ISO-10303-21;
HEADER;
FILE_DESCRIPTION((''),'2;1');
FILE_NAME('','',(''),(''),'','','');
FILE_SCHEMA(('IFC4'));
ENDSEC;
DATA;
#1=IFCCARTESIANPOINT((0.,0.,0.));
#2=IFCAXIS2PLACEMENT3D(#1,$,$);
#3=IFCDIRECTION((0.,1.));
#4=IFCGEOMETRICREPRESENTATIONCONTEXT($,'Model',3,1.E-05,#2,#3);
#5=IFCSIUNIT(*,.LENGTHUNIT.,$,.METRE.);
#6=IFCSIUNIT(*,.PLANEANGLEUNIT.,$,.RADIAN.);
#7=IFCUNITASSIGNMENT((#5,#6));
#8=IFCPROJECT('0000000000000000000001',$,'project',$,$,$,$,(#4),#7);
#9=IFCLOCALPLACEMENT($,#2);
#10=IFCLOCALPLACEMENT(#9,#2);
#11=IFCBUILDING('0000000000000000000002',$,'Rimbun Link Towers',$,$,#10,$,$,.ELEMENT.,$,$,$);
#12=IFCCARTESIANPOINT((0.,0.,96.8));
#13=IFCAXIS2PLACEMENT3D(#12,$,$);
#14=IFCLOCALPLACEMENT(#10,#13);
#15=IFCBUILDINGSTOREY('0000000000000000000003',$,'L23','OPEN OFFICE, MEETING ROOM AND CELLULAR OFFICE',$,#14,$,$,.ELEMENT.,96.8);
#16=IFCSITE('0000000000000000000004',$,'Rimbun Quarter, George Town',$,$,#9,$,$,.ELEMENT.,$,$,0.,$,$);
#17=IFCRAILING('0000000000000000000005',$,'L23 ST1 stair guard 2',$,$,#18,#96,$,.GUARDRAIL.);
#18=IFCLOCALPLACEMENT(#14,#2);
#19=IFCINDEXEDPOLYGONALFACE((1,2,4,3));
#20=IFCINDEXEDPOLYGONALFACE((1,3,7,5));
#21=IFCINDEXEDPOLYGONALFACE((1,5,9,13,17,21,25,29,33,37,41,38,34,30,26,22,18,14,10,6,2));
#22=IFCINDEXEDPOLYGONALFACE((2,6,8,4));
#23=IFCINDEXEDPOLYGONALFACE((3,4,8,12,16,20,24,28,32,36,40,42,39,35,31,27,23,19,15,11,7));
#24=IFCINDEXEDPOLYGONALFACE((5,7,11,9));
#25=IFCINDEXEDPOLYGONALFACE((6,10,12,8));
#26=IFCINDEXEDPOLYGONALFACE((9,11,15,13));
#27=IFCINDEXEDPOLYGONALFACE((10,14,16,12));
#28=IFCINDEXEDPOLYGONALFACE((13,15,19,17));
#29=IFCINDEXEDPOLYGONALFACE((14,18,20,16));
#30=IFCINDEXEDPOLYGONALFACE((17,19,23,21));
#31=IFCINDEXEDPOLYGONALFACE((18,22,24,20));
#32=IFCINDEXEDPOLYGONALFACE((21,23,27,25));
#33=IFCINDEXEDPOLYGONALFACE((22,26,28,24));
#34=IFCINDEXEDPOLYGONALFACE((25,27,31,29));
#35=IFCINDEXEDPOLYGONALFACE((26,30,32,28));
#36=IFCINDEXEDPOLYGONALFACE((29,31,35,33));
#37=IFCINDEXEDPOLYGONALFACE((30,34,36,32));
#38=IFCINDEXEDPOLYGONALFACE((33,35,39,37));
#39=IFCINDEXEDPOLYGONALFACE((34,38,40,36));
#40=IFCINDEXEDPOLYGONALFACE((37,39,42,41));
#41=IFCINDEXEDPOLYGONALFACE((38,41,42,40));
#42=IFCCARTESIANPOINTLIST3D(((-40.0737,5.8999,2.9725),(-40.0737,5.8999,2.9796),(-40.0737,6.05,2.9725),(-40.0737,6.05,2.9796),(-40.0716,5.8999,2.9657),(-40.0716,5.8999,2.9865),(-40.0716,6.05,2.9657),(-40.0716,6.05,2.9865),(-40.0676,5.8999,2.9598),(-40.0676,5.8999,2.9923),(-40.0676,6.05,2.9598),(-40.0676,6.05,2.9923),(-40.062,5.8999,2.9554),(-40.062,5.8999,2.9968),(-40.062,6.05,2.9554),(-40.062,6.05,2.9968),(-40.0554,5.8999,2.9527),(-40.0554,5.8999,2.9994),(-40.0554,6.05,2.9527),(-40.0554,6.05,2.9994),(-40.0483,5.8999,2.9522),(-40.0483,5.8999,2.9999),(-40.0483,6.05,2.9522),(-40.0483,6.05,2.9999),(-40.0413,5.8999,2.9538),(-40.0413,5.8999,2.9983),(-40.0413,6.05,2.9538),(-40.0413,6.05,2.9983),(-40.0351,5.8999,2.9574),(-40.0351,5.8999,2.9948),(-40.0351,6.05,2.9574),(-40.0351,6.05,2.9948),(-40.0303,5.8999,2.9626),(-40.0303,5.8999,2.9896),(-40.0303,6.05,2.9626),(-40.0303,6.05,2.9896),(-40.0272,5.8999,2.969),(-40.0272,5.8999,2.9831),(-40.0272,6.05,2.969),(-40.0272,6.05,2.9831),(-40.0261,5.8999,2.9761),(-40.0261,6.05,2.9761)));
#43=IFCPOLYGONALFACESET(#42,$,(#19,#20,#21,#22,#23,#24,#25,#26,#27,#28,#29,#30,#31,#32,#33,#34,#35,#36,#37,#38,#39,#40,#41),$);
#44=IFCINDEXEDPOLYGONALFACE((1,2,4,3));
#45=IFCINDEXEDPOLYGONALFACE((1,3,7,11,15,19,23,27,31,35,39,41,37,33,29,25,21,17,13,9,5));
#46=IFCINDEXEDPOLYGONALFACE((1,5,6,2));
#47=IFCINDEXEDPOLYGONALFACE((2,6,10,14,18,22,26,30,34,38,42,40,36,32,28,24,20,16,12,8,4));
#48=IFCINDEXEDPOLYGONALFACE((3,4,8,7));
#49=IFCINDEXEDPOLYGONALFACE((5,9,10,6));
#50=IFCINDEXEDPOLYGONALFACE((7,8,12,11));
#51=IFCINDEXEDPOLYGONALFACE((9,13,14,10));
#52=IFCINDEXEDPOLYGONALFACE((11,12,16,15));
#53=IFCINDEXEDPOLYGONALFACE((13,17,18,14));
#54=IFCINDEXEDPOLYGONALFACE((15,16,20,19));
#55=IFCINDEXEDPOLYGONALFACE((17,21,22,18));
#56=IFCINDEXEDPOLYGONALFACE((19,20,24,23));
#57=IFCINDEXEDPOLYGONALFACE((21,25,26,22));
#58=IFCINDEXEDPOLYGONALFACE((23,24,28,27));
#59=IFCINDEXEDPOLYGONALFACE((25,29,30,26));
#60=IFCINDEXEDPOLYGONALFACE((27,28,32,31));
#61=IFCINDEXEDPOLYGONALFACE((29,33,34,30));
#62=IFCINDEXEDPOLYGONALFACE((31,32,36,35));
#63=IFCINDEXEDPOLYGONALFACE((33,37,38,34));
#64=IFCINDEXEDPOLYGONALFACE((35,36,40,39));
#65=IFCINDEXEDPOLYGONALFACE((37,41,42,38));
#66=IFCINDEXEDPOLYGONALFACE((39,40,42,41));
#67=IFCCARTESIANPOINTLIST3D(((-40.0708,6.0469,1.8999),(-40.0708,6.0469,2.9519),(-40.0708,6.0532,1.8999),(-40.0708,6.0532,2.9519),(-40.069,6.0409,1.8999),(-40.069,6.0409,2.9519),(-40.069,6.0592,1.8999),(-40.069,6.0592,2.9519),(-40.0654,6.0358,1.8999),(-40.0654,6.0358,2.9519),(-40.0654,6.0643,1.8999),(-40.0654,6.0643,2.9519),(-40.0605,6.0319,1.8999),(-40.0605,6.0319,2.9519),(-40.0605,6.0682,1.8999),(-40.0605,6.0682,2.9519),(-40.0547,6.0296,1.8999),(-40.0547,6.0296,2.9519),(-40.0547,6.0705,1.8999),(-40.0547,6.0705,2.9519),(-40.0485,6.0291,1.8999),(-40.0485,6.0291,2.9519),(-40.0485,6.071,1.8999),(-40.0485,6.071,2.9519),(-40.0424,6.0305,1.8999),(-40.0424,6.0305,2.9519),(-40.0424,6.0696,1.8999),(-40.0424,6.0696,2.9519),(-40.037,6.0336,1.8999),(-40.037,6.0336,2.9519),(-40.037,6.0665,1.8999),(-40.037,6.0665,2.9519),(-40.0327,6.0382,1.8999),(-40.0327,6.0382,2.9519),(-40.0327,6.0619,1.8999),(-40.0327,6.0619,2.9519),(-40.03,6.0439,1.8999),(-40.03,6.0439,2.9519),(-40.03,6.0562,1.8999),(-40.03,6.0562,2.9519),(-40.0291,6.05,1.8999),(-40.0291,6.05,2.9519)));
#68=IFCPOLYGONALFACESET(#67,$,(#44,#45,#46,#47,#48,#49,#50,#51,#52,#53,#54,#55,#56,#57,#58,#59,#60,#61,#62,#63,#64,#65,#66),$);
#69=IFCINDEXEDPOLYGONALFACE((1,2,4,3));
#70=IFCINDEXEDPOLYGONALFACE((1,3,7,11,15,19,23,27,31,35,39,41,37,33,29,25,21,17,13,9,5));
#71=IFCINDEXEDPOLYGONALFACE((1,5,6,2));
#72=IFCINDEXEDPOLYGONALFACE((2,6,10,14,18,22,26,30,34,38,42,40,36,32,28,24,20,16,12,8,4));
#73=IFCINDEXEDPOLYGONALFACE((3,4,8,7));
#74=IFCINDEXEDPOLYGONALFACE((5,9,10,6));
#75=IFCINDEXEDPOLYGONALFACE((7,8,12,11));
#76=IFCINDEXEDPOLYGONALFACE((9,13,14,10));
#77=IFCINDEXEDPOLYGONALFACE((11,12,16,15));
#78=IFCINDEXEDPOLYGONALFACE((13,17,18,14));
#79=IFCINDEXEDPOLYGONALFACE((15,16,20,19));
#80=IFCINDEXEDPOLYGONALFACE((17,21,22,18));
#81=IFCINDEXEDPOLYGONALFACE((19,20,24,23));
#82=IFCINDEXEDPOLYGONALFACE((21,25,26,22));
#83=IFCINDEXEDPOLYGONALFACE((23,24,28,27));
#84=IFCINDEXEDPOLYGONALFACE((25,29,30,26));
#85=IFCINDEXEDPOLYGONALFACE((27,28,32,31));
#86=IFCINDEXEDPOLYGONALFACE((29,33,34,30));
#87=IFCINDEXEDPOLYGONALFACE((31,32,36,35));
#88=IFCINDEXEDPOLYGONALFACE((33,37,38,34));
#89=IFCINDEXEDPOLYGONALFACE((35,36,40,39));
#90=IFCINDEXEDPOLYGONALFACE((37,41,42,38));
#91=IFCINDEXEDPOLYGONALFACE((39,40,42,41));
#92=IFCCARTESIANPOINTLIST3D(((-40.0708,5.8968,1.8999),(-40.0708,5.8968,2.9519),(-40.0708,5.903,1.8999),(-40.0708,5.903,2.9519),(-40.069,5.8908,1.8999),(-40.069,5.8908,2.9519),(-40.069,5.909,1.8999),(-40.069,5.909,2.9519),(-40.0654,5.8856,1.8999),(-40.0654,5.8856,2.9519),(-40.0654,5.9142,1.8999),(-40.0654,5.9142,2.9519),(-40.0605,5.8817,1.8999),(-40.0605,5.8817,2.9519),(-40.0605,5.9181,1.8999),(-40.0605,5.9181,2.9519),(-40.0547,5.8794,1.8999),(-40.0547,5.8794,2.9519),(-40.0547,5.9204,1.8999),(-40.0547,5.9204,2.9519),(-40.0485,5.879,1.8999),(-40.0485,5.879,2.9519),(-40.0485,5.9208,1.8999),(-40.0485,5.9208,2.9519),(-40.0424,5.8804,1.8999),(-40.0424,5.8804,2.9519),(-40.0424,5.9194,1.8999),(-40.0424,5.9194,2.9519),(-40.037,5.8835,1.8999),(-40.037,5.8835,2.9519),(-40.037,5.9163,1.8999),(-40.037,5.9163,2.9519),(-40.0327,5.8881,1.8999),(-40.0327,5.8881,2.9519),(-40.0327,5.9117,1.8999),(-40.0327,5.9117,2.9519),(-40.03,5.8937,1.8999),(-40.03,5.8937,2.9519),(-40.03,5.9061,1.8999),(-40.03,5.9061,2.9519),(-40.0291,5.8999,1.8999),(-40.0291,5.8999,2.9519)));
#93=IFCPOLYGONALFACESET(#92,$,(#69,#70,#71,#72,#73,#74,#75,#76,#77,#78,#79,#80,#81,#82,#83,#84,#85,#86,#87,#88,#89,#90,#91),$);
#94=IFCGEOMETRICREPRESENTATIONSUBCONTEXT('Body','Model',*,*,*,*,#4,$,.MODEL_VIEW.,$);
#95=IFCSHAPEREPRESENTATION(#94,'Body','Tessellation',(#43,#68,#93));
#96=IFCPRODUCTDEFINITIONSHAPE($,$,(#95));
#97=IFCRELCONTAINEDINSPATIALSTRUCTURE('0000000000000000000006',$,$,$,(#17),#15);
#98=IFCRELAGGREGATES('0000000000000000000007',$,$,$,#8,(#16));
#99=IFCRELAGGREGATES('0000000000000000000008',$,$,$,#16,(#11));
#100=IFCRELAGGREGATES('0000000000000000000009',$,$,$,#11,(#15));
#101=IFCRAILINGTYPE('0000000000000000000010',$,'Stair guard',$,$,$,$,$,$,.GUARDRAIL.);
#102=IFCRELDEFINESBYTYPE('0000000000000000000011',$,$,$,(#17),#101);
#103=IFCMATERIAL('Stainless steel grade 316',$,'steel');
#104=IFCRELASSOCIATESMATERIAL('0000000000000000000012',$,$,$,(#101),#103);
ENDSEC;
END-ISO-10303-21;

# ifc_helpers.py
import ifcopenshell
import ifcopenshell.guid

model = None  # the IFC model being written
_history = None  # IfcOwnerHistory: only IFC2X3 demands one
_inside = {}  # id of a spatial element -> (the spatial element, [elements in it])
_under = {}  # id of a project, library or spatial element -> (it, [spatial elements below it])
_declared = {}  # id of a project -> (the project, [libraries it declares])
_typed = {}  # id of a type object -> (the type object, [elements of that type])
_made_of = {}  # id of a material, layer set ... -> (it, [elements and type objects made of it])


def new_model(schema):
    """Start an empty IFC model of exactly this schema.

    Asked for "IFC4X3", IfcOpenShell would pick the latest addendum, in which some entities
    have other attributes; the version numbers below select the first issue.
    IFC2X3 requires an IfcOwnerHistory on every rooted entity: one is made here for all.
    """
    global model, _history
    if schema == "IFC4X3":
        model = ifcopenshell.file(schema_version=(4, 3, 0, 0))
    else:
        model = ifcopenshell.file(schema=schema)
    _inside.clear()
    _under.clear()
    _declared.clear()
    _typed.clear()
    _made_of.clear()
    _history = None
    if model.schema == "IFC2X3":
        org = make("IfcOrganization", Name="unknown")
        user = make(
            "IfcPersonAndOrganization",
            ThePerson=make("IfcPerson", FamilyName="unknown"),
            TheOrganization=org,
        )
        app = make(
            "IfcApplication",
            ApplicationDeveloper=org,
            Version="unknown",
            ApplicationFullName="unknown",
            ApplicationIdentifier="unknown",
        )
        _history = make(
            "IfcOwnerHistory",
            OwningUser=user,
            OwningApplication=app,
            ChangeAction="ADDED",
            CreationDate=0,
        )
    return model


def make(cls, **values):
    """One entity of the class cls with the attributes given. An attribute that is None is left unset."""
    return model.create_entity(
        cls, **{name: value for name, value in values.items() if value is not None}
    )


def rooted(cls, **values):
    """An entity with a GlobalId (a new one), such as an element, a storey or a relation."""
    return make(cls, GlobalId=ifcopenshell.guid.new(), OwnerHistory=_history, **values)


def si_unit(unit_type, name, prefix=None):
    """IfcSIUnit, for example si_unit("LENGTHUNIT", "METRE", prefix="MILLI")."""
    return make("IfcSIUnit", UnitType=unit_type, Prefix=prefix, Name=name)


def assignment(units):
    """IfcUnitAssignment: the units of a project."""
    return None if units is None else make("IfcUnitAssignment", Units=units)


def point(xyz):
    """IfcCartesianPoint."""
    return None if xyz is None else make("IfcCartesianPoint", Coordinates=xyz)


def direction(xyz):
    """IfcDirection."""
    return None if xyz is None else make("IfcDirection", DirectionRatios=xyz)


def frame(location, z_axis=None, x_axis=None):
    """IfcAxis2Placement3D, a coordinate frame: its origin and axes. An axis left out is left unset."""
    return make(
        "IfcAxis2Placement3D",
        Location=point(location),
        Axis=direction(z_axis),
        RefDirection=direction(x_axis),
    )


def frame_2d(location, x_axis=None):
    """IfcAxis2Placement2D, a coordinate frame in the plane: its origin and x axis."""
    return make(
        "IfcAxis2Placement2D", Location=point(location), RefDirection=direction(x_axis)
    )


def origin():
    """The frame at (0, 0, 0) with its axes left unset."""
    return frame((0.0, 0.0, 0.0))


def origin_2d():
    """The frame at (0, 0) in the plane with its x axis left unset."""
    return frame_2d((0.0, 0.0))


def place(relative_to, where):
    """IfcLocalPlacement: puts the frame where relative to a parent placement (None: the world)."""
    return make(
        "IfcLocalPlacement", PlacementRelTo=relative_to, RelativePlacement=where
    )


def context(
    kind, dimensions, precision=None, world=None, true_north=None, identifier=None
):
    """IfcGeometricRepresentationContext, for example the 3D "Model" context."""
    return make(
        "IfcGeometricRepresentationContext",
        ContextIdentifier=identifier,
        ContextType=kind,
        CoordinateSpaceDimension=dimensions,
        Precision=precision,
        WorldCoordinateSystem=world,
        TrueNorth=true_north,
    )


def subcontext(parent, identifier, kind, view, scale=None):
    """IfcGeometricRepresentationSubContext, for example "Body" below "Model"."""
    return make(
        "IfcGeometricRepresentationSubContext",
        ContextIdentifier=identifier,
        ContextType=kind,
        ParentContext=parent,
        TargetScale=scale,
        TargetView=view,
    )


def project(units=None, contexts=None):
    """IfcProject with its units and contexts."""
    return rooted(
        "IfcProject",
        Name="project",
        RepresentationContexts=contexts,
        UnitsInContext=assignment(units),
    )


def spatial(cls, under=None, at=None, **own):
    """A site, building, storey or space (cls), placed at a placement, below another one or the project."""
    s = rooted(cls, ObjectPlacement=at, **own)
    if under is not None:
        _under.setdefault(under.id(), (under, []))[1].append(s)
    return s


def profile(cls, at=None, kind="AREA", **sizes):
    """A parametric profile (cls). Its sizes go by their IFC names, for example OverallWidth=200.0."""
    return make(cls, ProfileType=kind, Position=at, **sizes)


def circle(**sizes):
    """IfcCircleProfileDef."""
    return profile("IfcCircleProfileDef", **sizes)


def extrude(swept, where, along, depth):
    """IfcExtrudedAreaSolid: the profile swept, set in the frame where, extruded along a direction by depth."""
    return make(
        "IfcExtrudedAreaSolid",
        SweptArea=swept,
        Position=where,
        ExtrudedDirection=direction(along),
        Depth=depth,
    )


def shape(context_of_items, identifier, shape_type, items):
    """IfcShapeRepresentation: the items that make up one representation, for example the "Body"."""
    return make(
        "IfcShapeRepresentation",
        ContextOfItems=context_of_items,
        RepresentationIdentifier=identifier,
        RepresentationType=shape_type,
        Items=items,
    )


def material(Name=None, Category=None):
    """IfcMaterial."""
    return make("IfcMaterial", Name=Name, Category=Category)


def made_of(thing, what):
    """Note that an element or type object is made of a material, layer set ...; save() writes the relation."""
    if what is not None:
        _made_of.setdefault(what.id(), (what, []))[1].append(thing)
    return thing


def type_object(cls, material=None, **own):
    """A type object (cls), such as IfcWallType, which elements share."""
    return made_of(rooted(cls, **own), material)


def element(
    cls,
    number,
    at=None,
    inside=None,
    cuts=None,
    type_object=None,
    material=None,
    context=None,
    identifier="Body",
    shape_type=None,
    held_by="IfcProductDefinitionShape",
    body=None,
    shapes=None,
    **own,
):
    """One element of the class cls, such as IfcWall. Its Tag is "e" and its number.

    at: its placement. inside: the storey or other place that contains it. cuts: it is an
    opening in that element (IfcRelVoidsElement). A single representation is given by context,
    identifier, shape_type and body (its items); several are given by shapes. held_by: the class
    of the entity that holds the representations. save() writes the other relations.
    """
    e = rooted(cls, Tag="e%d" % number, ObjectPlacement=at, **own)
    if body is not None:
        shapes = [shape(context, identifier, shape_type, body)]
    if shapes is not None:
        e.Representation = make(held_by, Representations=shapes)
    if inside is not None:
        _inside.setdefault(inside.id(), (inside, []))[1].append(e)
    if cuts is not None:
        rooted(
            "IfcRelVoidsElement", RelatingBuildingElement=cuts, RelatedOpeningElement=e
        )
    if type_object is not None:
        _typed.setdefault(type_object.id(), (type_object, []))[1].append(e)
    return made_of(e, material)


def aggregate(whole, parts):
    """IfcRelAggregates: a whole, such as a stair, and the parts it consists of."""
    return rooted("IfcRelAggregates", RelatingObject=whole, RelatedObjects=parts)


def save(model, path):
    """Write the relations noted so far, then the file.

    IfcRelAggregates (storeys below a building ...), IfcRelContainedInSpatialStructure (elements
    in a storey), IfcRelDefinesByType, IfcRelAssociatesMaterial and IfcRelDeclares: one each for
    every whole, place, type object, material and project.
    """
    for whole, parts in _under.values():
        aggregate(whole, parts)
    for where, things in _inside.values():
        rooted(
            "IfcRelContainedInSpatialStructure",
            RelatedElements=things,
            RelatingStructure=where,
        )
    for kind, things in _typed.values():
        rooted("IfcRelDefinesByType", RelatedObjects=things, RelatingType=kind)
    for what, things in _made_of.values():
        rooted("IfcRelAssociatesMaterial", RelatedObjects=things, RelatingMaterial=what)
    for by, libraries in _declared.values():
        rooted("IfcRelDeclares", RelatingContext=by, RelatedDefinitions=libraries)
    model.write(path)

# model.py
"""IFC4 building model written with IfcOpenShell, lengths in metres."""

from ifc_helpers import new_model, si_unit, direction, frame, origin, origin_2d, place, context, subcontext, project, spatial, circle, extrude, material, type_object, element, save


model = new_model("IFC4")

# Units and contexts
model_context = context("Model", 3, precision=1e-05, world=origin(), true_north=direction((0.0, 1.0)))
body_context = subcontext(model_context, "Body", "Model", "MODEL_VIEW")
ifc_project = project(units=[si_unit("LENGTHUNIT", "METRE"), si_unit("PLANEANGLEUNIT", "RADIAN")], contexts=[model_context])

# Site, building, storey
site_placement = place(None, origin())
site = spatial("IfcSite", under=ifc_project, at=site_placement, Name="Rimbun Quarter, George Town", CompositionType="ELEMENT", RefElevation=0.0)
building_placement = place(site_placement, origin())
building = spatial("IfcBuilding", under=site, at=building_placement, Name="Rimbun Link Towers", CompositionType="ELEMENT")
storey_placement = place(building_placement, frame((0.0, 0.0, 96.8)))
storey = spatial("IfcBuildingStorey", under=building, at=storey_placement, Name="L23", Description="OPEN OFFICE, MEETING ROOM AND CELLULAR OFFICE", CompositionType="ELEMENT", Elevation=96.8)

# Railing
ifc_material_1 = material(Name="Stainless steel grade 316", Category="steel")
railing_type_1 = type_object("IfcRailingType", Name="Stair guard", PredefinedType="GUARDRAIL", material=ifc_material_1)
railing_1_placement = place(storey_placement, frame((-40.05, 6.05, 1.8999)))
element("IfcRailing", 1, at=railing_1_placement, inside=storey, type_object=railing_type_1, Name="L23 ST1 stair guard 2", PredefinedType="GUARDRAIL", context=body_context, shape_type="SweptSolid", body=[
    extrude(circle(Radius=0.0239, at=origin_2d()), frame((0.0, 0.0, 1.0762), z_axis=(0.0, -1.0, 0.0), x_axis=(1.0, 0.0, 0.0)), (0.0, 0.0, 1.0), 0.1501),
    extrude(circle(Radius=0.021, at=origin_2d()), origin(), (0.0, 0.0, 1.0), 1.052),
    extrude(circle(Radius=0.021, at=origin_2d()), frame((0.0, -0.1501, 0.0)), (0.0, 0.0, 1.0), 1.052),
])

save(model, "model.ifc")
